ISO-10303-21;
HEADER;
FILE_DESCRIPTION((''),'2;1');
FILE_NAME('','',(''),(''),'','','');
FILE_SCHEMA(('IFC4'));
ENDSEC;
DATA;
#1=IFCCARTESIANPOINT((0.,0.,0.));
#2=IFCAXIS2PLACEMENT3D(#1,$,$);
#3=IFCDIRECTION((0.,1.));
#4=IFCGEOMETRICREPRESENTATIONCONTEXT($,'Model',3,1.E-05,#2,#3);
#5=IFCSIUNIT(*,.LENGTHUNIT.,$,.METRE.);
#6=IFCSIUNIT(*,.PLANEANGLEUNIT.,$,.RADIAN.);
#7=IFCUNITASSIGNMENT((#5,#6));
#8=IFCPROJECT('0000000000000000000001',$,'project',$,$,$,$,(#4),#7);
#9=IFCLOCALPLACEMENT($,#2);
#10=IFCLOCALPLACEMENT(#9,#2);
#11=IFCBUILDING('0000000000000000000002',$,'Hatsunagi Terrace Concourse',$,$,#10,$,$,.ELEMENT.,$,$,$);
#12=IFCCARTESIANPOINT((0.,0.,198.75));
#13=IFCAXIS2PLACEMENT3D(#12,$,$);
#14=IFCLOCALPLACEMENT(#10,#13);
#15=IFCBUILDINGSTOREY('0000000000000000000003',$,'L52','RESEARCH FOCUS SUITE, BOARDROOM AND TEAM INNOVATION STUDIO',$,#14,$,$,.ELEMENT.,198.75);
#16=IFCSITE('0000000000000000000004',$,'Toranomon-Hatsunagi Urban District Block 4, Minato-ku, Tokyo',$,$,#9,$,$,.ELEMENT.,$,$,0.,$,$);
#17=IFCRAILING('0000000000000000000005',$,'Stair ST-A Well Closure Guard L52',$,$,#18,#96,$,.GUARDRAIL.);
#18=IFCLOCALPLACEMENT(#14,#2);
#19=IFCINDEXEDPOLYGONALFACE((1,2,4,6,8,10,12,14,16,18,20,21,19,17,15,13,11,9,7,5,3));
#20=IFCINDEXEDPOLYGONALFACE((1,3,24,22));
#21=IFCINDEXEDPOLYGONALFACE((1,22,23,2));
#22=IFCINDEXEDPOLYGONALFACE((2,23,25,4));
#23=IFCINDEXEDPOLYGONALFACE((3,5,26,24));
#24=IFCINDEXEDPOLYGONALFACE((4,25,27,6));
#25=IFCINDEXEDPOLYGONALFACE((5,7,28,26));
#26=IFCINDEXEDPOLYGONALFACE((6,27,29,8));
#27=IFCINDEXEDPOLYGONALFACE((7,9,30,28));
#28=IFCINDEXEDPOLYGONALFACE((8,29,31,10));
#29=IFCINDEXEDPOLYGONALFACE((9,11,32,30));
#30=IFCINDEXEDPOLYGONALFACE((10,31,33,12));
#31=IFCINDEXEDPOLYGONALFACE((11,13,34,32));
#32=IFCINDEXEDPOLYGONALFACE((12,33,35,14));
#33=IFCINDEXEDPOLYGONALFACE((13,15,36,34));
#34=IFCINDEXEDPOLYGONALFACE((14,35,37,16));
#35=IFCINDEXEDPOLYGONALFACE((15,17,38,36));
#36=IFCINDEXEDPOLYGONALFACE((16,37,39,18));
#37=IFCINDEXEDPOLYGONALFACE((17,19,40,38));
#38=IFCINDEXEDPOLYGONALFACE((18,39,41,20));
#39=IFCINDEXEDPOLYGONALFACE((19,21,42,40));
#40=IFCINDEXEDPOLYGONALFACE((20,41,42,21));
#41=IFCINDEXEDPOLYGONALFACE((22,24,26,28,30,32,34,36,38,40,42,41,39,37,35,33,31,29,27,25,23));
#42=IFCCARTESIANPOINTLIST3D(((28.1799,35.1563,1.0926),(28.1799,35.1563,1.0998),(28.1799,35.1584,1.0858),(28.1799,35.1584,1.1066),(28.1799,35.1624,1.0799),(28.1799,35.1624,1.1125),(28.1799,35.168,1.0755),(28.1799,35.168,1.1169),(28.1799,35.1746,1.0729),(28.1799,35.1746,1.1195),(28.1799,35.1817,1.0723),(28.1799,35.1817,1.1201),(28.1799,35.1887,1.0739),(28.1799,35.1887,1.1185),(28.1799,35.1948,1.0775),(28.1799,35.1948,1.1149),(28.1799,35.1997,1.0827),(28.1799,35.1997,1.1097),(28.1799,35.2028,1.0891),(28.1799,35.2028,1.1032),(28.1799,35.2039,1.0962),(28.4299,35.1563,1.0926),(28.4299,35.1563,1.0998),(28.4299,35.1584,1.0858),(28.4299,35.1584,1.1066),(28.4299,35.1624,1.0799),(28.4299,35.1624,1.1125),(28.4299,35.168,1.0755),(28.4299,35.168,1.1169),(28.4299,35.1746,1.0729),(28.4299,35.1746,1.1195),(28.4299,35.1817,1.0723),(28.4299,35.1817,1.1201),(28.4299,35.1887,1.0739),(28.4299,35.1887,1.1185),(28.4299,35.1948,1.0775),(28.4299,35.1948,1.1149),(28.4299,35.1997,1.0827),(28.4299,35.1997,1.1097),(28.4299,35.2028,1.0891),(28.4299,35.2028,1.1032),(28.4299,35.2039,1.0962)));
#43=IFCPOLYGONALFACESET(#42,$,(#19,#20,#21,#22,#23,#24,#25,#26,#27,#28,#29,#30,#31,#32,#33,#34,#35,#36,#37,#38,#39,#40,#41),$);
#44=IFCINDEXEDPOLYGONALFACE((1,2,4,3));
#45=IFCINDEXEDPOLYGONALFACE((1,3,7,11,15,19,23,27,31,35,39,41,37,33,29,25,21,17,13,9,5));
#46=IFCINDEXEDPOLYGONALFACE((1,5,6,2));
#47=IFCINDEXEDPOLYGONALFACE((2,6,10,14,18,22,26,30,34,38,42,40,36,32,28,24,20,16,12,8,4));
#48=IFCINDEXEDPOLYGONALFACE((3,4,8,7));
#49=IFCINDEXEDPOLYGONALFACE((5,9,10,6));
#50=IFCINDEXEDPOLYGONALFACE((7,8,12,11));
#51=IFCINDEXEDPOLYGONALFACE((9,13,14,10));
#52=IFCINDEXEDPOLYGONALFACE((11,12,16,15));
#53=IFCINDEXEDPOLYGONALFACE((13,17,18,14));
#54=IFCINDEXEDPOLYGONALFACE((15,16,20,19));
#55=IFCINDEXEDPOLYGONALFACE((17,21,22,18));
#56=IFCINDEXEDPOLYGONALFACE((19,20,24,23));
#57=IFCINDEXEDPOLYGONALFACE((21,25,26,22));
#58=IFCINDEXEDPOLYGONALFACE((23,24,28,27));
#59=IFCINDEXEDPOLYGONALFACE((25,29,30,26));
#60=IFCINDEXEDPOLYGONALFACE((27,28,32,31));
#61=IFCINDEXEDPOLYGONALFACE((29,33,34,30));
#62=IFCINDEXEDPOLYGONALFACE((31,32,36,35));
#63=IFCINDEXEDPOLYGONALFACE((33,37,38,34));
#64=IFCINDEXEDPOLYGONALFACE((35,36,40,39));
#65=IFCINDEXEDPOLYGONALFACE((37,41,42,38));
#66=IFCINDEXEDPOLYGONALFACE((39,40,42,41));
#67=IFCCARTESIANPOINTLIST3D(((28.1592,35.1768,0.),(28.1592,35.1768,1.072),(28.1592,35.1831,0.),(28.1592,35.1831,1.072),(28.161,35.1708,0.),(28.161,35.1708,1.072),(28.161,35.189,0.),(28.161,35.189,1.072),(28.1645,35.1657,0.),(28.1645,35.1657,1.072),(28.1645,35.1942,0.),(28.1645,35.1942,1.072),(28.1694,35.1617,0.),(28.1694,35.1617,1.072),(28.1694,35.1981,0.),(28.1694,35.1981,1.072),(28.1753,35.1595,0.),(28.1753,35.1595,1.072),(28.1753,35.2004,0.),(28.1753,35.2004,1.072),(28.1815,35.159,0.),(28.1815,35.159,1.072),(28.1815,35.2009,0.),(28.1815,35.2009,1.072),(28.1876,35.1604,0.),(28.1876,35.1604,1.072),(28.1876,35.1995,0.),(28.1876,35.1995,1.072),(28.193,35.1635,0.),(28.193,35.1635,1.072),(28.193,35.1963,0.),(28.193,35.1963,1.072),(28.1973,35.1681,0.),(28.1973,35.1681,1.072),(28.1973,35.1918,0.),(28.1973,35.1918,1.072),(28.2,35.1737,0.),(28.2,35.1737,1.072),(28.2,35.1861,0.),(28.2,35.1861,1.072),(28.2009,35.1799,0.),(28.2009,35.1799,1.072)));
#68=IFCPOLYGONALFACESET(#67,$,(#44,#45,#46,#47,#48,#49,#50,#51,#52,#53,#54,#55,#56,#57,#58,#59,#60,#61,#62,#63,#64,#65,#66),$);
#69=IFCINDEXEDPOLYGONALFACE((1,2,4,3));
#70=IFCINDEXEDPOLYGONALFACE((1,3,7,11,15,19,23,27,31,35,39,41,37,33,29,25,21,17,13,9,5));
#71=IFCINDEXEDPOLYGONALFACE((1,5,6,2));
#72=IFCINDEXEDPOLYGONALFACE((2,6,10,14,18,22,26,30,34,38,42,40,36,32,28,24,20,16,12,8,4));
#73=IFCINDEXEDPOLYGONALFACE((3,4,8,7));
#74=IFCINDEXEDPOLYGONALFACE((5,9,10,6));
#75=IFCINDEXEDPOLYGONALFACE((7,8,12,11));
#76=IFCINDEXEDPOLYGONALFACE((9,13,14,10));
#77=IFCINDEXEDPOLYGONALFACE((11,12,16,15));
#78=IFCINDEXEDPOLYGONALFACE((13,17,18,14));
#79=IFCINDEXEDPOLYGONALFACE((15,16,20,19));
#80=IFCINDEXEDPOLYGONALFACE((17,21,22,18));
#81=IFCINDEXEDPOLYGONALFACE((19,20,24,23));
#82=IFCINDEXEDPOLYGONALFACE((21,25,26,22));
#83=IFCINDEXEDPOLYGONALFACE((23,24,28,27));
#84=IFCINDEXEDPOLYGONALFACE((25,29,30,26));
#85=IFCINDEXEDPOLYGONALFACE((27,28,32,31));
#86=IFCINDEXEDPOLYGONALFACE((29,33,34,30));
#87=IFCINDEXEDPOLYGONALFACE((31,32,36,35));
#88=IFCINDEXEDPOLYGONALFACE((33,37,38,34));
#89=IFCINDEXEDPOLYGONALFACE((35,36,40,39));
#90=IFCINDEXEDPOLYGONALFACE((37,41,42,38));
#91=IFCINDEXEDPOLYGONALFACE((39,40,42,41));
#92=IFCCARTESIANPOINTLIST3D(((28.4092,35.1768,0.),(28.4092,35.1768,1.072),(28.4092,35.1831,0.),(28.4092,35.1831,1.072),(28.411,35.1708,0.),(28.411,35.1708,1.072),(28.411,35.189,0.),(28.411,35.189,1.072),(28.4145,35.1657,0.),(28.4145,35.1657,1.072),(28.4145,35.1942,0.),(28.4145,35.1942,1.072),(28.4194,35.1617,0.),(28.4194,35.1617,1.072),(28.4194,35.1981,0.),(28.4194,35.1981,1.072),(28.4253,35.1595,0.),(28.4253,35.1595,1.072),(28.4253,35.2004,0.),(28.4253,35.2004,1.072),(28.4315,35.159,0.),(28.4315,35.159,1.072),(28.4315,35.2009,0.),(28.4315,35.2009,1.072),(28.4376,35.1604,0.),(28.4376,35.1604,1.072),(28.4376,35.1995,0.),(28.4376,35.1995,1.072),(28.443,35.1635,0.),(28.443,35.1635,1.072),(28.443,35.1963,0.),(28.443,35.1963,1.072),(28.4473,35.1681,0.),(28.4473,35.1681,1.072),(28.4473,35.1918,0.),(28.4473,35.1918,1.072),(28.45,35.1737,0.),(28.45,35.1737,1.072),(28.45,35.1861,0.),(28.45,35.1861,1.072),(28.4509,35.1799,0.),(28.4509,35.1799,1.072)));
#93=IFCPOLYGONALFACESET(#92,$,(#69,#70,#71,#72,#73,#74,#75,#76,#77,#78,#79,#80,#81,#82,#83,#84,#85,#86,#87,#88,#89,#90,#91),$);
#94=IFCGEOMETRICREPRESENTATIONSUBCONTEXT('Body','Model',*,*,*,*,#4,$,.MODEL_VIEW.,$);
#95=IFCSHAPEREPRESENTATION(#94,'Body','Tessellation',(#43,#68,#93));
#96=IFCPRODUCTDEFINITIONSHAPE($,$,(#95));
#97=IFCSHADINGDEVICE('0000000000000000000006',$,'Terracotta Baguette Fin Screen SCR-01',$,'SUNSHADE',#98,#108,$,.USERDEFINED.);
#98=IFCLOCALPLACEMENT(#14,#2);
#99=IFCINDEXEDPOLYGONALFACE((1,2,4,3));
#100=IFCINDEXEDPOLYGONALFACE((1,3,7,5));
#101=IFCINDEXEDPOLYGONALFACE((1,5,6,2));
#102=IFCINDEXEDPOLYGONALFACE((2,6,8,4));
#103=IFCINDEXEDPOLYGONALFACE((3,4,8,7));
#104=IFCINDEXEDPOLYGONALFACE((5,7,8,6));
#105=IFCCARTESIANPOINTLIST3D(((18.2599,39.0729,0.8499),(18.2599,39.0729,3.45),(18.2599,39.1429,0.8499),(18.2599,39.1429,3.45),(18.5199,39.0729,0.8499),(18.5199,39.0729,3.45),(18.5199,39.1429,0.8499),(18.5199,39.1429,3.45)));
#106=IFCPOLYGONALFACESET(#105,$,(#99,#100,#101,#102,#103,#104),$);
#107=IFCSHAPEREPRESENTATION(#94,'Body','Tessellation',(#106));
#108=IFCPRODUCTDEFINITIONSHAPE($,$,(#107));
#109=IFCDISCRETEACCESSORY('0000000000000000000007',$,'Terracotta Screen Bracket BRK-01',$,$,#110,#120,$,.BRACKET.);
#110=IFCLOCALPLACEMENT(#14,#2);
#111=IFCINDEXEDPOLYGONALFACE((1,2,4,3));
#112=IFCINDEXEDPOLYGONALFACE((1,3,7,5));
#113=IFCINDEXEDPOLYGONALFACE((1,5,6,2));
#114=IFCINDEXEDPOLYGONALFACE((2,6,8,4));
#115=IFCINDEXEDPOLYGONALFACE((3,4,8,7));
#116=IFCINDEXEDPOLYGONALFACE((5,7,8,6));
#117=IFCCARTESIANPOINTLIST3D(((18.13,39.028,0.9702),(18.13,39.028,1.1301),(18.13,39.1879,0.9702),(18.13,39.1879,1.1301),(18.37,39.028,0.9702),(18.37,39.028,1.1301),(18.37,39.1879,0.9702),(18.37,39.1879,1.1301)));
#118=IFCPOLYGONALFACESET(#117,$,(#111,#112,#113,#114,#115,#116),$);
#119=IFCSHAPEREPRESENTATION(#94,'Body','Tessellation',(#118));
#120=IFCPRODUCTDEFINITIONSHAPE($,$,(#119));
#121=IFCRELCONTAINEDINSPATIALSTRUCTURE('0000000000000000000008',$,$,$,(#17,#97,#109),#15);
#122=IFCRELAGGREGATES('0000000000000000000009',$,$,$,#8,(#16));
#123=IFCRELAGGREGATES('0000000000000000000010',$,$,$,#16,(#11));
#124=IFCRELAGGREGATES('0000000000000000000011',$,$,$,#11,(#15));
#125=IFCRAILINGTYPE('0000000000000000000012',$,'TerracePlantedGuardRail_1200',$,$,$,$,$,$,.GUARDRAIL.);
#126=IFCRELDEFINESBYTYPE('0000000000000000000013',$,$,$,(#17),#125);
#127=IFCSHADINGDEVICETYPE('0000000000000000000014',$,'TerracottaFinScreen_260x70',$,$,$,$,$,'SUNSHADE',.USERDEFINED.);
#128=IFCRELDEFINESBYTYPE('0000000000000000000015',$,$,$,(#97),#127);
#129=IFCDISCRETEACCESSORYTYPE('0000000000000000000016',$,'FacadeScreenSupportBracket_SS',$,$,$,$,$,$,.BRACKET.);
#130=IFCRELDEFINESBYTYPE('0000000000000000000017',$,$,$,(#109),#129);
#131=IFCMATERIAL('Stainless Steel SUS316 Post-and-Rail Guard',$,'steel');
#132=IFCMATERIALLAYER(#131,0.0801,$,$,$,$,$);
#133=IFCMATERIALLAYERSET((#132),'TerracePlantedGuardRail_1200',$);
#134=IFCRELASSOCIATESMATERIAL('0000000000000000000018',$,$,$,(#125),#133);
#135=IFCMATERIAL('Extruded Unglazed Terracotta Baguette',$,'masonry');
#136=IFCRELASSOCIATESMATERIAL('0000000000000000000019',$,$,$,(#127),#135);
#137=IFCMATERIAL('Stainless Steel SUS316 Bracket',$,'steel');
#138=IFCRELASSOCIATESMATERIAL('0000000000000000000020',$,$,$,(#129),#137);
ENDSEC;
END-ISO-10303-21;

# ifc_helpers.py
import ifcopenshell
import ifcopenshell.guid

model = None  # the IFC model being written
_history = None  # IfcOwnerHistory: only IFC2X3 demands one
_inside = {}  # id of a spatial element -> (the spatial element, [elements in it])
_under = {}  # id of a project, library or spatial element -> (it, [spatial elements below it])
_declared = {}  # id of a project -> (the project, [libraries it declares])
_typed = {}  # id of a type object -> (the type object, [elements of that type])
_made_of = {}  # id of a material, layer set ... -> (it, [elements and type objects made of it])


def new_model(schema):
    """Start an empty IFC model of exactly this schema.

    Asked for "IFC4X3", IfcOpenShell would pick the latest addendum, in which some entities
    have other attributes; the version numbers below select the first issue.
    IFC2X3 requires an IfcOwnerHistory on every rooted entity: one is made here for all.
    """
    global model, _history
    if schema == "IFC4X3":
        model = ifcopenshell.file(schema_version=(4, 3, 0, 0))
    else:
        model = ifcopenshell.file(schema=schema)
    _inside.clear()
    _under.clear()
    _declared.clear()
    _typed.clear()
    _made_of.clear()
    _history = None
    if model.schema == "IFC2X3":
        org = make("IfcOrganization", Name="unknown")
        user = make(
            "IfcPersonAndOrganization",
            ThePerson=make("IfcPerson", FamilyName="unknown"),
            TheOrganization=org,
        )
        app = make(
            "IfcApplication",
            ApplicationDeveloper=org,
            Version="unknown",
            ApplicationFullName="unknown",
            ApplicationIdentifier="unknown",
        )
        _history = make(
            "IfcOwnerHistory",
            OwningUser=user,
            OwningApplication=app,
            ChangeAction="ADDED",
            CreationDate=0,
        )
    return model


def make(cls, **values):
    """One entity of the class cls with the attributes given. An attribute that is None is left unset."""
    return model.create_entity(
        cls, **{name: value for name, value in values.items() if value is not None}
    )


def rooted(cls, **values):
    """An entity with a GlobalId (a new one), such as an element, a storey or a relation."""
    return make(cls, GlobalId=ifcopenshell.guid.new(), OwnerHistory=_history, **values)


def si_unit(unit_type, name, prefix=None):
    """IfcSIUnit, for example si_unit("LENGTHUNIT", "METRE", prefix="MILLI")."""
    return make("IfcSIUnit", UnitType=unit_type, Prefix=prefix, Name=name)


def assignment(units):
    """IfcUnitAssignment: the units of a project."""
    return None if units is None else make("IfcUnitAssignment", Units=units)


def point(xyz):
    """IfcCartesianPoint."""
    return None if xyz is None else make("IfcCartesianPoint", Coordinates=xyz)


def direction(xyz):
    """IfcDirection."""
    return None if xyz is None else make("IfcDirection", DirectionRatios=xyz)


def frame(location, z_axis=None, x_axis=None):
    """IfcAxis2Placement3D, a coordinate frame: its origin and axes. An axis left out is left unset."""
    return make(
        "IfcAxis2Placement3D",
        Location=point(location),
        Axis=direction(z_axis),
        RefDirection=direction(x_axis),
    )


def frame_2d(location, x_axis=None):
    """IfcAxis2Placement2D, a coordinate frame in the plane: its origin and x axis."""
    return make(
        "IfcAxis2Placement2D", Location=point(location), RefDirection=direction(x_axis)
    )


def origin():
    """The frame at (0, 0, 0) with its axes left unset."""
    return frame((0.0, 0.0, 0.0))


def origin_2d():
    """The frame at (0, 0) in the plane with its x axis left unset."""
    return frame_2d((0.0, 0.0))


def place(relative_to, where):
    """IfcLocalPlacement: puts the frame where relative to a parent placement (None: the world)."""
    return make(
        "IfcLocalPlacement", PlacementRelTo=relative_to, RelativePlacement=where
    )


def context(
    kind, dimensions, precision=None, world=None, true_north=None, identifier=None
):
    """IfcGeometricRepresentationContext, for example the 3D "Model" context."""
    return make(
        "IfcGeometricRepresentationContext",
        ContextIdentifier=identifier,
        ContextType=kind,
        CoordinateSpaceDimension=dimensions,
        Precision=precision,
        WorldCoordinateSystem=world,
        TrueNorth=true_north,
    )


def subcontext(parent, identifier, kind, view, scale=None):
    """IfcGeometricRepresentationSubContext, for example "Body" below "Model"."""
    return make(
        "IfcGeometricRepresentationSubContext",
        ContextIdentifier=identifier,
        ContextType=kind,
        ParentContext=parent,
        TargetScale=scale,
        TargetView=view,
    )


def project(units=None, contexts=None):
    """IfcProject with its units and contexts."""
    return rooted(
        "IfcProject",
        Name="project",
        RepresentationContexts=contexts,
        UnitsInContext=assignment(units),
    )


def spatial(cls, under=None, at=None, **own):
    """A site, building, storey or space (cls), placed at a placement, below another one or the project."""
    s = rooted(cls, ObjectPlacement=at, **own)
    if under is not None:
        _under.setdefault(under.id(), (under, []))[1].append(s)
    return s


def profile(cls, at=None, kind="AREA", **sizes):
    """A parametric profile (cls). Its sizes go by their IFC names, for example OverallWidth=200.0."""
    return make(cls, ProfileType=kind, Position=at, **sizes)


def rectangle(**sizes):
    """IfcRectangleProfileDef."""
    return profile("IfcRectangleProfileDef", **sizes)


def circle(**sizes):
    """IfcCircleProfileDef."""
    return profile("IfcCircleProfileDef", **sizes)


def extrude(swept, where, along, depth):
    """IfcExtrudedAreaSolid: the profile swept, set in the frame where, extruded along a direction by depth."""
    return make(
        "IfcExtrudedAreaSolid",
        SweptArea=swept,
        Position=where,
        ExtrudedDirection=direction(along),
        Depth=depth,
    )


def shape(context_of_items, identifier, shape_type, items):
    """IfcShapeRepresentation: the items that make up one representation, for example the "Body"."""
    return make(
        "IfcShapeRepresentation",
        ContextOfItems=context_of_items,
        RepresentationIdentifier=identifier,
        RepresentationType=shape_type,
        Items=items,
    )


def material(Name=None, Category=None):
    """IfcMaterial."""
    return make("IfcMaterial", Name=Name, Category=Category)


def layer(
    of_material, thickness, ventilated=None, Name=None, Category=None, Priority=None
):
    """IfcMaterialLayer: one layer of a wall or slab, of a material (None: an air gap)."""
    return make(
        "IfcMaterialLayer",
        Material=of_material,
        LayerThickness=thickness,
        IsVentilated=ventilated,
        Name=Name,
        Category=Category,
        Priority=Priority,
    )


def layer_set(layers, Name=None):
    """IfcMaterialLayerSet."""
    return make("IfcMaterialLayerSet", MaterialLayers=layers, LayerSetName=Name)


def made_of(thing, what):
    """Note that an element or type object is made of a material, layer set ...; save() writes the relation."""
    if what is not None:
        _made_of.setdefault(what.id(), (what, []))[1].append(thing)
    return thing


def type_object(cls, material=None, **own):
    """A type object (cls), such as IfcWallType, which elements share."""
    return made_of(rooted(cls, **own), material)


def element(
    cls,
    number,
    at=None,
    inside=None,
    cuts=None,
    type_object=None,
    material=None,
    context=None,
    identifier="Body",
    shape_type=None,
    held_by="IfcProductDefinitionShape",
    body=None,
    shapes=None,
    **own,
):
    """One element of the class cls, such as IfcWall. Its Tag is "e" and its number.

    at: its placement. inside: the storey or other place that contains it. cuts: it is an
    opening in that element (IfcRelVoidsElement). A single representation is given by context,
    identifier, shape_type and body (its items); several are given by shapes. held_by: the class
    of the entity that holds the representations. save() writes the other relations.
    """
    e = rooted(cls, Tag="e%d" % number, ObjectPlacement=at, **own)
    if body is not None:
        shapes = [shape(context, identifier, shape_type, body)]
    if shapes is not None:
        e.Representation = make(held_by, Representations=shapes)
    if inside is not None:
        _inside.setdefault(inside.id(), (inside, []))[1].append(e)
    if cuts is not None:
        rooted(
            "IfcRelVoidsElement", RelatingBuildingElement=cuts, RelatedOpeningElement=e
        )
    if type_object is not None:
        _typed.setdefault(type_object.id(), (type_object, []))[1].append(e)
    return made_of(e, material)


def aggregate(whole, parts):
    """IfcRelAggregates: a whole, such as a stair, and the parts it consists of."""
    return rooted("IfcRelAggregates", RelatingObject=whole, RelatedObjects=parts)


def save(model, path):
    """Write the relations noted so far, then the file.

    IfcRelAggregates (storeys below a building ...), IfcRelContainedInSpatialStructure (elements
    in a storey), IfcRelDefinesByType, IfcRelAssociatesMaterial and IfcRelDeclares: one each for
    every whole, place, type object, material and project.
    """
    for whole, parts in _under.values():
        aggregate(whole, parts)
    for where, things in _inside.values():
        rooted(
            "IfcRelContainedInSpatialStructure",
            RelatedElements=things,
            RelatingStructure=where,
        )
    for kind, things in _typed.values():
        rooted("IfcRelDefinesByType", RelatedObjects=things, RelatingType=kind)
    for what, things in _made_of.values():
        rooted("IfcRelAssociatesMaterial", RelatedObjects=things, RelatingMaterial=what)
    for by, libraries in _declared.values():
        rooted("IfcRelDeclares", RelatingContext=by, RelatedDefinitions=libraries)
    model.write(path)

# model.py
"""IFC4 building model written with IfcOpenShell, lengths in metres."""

from ifc_helpers import new_model, si_unit, direction, frame, origin, origin_2d, place, context, subcontext, project, spatial, rectangle, circle, extrude, material, layer, layer_set, type_object, element, save


model = new_model("IFC4")

# Units and contexts
model_context = context("Model", 3, precision=1e-05, world=origin(), true_north=direction((0.0, 1.0)))
body_context = subcontext(model_context, "Body", "Model", "MODEL_VIEW")
ifc_project = project(units=[si_unit("LENGTHUNIT", "METRE"), si_unit("PLANEANGLEUNIT", "RADIAN")], contexts=[model_context])

# Site, building, storey
site_placement = place(None, origin())
site = spatial("IfcSite", under=ifc_project, at=site_placement, Name="Toranomon-Hatsunagi Urban District Block 4, Minato-ku, Tokyo", CompositionType="ELEMENT", RefElevation=0.0)
building_placement = place(site_placement, origin())
building = spatial("IfcBuilding", under=site, at=building_placement, Name="Hatsunagi Terrace Concourse", CompositionType="ELEMENT")
storey_placement = place(building_placement, frame((0.0, 0.0, 198.75)))
storey = spatial("IfcBuildingStorey", under=building, at=storey_placement, Name="L52", Description="RESEARCH FOCUS SUITE, BOARDROOM AND TEAM INNOVATION STUDIO", CompositionType="ELEMENT", Elevation=198.75)

# Railing
ifc_material_1 = material(Name="Stainless Steel SUS316 Post-and-Rail Guard", Category="steel")
ifc_layer_1 = layer(ifc_material_1, 0.0801)
ifc_layer_set_1 = layer_set([ifc_layer_1], Name="TerracePlantedGuardRail_1200")
railing_type_1 = type_object("IfcRailingType", Name="TerracePlantedGuardRail_1200", PredefinedType="GUARDRAIL", material=ifc_layer_set_1)
railing_1_placement = place(storey_placement, frame((28.1799, 35.1799, 0.0)))
element("IfcRailing", 1, at=railing_1_placement, inside=storey, type_object=railing_type_1, Name="Stair ST-A Well Closure Guard L52", PredefinedType="GUARDRAIL", context=body_context, shape_type="SweptSolid", body=[
    extrude(circle(Radius=0.0239, at=origin_2d()), frame((0.0, 0.0, 1.0962), z_axis=(1.0, 0.0, 0.0), x_axis=(0.0, 1.0, 0.0)), (0.0, 0.0, 1.0), 0.25),
    extrude(circle(Radius=0.021, at=origin_2d()), origin(), (0.0, 0.0, 1.0), 1.072),
    extrude(circle(Radius=0.021, at=origin_2d()), frame((0.25, 0.0, 0.0)), (0.0, 0.0, 1.0), 1.072),
])

# Shading device
ifc_material_2 = material(Name="Extruded Unglazed Terracotta Baguette", Category="masonry")
shading_device_type = type_object("IfcShadingDeviceType", Name="TerracottaFinScreen_260x70", ElementType="SUNSHADE", PredefinedType="USERDEFINED", material=ifc_material_2)
shading_device_placement = place(storey_placement, frame((18.3899, 39.1079, 0.8499), z_axis=(0.0, 0.0, 1.0), x_axis=(0.0, 1.0, 0.0)))
element("IfcShadingDevice", 2, at=shading_device_placement, inside=storey, type_object=shading_device_type, Name="Terracotta Baguette Fin Screen SCR-01", ObjectType="SUNSHADE", PredefinedType="USERDEFINED", context=body_context, shape_type="SweptSolid", body=[
    extrude(rectangle(XDim=0.0701, YDim=0.26, at=origin_2d()), origin(), (0.0, 0.0, 1.0), 2.6001),
])

# Discrete accessory
ifc_material_3 = material(Name="Stainless Steel SUS316 Bracket", Category="steel")
discrete_accessory_type = type_object("IfcDiscreteAccessoryType", Name="FacadeScreenSupportBracket_SS", PredefinedType="BRACKET", material=ifc_material_3)
discrete_accessory_placement = place(storey_placement, frame((18.25, 39.1079, 0.9702), z_axis=(0.0, 0.0, 1.0), x_axis=(0.0, 1.0, 0.0)))
element("IfcDiscreteAccessory", 3, at=discrete_accessory_placement, inside=storey, type_object=discrete_accessory_type, Name="Terracotta Screen Bracket BRK-01", PredefinedType="BRACKET", context=body_context, shape_type="SweptSolid", body=[
    extrude(rectangle(XDim=0.1599, YDim=0.24, at=origin_2d()), origin(), (0.0, 0.0, 1.0), 0.1599),
])

save(model, "model.ifc")
